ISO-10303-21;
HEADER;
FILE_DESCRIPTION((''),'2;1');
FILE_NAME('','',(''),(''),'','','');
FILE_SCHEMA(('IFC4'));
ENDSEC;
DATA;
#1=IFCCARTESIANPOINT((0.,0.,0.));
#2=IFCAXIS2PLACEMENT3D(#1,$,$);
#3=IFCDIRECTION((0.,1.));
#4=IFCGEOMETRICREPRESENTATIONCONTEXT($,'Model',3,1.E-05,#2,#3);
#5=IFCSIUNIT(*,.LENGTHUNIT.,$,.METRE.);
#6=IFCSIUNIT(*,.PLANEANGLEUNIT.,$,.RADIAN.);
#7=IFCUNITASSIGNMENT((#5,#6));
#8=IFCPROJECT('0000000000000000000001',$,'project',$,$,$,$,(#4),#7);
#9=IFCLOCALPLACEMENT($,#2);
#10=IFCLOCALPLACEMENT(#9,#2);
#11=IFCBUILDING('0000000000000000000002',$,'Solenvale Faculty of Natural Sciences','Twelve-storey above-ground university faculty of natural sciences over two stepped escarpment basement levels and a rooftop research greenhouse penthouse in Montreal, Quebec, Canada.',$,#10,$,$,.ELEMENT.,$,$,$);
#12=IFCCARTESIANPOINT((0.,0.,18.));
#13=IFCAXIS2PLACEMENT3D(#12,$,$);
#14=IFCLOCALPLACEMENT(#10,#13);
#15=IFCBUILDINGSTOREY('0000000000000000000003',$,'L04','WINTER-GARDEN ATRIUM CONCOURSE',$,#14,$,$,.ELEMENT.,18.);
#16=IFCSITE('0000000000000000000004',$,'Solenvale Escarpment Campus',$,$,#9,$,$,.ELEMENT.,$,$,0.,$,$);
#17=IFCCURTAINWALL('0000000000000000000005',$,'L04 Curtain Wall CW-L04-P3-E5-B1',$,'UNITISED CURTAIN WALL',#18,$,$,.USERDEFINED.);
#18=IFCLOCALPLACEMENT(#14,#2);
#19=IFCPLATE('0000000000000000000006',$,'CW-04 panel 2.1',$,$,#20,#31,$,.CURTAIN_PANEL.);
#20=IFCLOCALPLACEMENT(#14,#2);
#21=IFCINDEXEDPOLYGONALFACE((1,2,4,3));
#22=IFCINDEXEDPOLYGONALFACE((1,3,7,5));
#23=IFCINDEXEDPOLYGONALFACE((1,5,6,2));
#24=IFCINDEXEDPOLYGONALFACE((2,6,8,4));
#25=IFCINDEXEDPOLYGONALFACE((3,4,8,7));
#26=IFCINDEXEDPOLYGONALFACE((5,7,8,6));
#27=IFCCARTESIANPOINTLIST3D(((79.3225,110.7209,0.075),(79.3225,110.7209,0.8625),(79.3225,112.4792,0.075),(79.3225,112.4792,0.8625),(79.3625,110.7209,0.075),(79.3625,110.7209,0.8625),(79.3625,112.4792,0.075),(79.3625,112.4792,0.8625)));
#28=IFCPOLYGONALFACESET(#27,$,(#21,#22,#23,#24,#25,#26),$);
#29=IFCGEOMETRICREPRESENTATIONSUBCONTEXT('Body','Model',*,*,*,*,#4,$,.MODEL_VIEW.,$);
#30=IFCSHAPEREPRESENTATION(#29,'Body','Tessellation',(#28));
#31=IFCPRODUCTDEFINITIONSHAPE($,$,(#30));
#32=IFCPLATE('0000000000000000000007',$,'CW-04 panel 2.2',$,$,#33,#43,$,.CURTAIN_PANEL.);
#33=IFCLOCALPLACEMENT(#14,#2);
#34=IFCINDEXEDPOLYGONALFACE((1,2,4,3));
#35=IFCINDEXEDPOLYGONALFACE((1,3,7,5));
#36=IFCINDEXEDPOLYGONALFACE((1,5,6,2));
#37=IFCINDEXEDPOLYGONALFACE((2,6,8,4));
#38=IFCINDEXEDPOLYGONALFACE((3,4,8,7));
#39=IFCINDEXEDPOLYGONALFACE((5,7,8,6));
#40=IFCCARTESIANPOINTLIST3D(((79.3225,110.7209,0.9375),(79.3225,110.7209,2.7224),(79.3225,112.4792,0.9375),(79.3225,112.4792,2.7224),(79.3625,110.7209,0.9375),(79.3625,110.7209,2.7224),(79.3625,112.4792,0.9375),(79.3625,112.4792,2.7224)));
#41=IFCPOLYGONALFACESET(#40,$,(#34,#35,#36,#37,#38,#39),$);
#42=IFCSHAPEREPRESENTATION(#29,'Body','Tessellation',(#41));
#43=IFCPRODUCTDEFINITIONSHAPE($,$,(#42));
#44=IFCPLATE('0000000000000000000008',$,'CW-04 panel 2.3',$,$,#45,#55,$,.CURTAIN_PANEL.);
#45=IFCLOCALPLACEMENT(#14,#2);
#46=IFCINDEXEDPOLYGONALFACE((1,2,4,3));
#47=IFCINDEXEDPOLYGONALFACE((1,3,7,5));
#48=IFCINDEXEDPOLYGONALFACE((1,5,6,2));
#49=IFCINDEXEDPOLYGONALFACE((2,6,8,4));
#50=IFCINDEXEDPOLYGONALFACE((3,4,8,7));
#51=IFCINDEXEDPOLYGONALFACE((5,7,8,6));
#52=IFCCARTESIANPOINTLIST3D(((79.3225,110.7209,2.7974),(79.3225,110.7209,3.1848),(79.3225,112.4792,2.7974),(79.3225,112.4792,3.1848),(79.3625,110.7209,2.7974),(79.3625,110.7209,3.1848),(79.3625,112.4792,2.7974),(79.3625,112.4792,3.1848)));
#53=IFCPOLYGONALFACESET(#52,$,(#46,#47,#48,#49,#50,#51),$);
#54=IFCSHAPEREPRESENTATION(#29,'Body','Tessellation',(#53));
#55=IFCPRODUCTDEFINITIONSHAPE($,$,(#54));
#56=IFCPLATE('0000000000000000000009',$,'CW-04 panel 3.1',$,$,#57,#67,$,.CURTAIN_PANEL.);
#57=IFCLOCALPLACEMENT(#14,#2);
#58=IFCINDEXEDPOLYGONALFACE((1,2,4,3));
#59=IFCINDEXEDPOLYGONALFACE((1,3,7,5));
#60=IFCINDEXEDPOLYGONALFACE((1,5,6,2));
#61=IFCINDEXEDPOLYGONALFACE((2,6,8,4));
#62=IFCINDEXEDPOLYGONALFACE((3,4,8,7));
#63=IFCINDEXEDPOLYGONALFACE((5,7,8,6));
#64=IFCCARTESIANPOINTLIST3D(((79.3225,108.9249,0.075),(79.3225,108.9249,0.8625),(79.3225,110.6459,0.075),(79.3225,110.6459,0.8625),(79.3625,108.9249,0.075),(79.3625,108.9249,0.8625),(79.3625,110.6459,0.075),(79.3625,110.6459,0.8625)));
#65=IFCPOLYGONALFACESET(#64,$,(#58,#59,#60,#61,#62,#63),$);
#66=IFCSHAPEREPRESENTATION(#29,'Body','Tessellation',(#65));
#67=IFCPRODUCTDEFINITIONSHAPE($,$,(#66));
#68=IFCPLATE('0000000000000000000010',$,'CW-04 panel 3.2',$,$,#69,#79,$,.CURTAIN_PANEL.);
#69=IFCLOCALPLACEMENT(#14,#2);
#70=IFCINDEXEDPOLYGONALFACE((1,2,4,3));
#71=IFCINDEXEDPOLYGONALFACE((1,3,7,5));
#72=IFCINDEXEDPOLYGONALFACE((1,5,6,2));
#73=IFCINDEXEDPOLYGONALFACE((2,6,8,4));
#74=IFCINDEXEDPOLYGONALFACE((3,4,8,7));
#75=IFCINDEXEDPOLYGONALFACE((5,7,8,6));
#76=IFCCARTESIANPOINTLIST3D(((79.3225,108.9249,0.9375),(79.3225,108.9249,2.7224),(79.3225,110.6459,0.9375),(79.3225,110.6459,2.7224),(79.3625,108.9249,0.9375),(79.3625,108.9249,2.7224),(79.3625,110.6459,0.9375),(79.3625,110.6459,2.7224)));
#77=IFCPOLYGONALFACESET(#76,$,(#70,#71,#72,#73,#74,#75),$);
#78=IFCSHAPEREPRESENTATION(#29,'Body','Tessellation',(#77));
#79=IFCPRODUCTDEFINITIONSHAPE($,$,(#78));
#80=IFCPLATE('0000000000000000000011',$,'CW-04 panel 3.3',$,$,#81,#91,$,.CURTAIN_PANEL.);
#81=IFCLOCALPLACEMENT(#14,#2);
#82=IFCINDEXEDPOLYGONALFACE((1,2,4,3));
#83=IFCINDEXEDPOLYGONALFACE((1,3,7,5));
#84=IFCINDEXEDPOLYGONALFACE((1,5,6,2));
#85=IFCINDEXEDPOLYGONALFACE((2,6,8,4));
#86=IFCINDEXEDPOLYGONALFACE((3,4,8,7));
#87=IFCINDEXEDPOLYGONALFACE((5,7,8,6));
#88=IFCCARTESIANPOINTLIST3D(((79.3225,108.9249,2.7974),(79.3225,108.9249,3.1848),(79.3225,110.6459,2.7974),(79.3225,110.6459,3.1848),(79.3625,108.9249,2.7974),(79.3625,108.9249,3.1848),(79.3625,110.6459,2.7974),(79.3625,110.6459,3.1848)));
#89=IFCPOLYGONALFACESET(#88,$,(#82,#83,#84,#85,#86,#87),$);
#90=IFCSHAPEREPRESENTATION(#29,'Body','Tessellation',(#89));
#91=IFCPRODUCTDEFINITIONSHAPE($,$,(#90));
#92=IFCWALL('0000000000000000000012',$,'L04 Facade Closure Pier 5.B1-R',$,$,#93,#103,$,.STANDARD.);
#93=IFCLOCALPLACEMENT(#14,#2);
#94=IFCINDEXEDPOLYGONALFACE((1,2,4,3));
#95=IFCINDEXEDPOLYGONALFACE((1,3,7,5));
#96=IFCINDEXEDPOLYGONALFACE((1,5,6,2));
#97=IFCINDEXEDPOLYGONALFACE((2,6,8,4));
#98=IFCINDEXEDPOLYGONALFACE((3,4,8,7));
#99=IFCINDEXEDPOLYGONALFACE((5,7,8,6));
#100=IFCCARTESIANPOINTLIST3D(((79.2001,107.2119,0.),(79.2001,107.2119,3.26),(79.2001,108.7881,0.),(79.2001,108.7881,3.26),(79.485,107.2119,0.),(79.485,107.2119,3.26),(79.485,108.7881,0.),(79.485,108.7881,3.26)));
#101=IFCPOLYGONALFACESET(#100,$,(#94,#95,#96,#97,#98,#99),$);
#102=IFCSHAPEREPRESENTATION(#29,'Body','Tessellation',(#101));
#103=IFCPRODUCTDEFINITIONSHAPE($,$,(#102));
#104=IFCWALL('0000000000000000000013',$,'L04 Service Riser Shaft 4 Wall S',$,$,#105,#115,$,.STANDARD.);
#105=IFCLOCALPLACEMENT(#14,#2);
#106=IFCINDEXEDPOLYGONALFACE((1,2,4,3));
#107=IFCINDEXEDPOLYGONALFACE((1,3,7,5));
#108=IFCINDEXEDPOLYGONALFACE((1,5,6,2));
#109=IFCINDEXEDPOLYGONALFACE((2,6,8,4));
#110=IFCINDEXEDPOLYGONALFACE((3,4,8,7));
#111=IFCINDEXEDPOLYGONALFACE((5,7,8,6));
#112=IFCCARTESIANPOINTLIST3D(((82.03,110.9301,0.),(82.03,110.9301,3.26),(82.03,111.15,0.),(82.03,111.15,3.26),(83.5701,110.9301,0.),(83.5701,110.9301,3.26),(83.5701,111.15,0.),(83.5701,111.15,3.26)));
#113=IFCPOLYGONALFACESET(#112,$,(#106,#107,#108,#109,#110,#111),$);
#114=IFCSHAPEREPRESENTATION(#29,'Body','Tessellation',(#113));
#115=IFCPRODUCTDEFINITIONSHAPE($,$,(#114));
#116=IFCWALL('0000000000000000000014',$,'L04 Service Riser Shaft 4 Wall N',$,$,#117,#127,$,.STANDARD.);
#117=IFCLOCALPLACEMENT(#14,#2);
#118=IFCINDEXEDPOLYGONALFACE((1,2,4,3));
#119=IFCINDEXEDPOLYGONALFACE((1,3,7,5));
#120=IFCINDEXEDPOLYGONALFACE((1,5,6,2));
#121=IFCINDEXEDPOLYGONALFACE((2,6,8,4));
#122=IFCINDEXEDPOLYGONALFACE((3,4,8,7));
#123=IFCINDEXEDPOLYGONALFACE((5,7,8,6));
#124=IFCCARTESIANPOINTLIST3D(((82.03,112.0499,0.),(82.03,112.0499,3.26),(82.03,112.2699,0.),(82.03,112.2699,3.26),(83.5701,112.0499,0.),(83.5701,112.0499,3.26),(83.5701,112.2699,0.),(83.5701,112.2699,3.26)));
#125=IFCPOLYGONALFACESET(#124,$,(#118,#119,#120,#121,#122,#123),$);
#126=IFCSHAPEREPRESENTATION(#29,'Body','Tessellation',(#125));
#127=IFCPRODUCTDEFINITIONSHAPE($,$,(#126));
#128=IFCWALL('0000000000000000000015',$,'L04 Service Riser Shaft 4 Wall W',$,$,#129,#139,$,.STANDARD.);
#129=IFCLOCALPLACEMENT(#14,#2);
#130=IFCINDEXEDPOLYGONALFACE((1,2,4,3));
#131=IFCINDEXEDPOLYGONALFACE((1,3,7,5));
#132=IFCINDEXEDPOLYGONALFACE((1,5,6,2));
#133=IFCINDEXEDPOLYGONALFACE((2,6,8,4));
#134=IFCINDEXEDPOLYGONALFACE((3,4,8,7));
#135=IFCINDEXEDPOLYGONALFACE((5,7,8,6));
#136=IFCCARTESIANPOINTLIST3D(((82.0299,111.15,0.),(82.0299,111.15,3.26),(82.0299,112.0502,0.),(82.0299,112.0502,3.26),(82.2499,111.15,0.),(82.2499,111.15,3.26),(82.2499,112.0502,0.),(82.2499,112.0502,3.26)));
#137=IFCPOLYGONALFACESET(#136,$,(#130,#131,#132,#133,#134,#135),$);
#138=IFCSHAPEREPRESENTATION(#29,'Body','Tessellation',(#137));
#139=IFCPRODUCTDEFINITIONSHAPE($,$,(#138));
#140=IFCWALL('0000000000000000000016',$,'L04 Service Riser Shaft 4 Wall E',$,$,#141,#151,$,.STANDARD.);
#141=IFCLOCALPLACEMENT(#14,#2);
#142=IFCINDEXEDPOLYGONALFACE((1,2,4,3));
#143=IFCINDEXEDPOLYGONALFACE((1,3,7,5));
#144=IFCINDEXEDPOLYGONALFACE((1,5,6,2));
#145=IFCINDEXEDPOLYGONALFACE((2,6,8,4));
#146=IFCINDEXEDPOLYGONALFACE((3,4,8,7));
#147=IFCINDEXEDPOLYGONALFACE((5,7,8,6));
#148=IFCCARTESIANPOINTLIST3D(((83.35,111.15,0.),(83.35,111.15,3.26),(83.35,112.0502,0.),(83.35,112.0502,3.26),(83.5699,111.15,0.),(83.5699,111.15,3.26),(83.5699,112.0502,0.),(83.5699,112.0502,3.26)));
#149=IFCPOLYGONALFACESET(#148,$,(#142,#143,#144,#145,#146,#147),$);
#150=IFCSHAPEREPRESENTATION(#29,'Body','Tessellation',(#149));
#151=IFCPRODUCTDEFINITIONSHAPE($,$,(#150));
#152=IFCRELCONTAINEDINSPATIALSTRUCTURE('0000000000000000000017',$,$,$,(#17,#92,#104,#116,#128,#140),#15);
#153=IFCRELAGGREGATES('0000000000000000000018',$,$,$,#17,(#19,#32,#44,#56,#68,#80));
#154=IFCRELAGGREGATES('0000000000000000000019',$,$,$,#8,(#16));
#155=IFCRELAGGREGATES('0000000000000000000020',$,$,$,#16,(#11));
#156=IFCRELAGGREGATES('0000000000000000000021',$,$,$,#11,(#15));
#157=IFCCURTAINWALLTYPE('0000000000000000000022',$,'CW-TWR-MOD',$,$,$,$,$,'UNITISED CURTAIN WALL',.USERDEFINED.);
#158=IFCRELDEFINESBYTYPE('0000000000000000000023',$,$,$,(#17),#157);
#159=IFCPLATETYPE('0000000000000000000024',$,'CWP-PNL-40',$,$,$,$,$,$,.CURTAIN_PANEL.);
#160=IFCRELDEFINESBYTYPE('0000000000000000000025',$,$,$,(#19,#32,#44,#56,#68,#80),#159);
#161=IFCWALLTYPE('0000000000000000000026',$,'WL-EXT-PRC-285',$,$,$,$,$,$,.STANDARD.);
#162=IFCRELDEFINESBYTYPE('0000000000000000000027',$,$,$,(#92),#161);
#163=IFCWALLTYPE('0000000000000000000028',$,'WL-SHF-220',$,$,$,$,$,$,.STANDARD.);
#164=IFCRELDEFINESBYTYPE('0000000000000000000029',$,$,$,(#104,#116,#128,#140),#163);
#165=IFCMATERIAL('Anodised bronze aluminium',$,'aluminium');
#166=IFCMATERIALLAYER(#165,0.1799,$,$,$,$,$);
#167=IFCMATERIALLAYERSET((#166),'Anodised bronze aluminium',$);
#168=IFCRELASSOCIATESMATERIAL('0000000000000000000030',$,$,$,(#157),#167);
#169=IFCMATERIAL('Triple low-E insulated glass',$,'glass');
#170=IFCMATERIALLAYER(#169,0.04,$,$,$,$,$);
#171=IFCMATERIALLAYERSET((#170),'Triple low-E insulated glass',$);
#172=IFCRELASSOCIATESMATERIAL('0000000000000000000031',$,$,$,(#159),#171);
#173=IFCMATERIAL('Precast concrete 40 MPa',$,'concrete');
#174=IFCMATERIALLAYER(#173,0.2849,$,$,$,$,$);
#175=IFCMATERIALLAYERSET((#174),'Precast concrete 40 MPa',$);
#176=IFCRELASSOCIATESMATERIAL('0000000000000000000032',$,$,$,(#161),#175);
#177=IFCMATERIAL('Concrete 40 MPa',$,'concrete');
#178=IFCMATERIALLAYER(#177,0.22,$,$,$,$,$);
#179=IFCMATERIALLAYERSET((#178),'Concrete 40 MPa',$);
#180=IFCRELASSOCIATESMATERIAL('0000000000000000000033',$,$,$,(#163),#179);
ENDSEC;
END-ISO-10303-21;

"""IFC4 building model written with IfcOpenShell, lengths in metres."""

from ifc_helpers import new_model, si_unit, direction, frame, frame_2d, origin, origin_2d, place, context, subcontext, project, spatial, rectangle, extrude, material, layer, layer_set, type_object, element, aggregate, save


model = new_model("IFC4")

# Units and contexts
model_context = context("Model", 3, precision=1e-05, world=origin(), true_north=direction((0.0, 1.0)))
body_context = subcontext(model_context, "Body", "Model", "MODEL_VIEW")
ifc_project = project(units=[si_unit("LENGTHUNIT", "METRE"), si_unit("PLANEANGLEUNIT", "RADIAN")], contexts=[model_context])

# Site, building, storey
site_placement = place(None, origin())
site = spatial("IfcSite", under=ifc_project, at=site_placement, Name="Solenvale Escarpment Campus", CompositionType="ELEMENT", RefElevation=0.0)
building_placement = place(site_placement, origin())
building = spatial("IfcBuilding", under=site, at=building_placement, Name="Solenvale Faculty of Natural Sciences", Description="Twelve-storey above-ground university faculty of natural sciences over two stepped escarpment basement levels and a rooftop research greenhouse penthouse in Montreal, Quebec, Canada.", CompositionType="ELEMENT")
storey_placement = place(building_placement, frame((0.0, 0.0, 18.0)))
storey = spatial("IfcBuildingStorey", under=building, at=storey_placement, Name="L04", Description="WINTER-GARDEN ATRIUM CONCOURSE", CompositionType="ELEMENT", Elevation=18.0)

# Curtain wall, plates
ifc_material_1 = material(Name="Anodised bronze aluminium", Category="aluminium")
ifc_layer_1 = layer(ifc_material_1, 0.1799)
ifc_layer_set_1 = layer_set([ifc_layer_1], Name="Anodised bronze aluminium")
curtain_wall_type = type_object("IfcCurtainWallType", Name="CW-TWR-MOD", ElementType="UNITISED CURTAIN WALL", PredefinedType="USERDEFINED", material=ifc_layer_set_1)
curtain_wall_placement = place(storey_placement, origin())
curtain_wall = element("IfcCurtainWall", 1, at=curtain_wall_placement, inside=storey, type_object=curtain_wall_type, Name="L04 Curtain Wall CW-L04-P3-E5-B1", ObjectType="UNITISED CURTAIN WALL", PredefinedType="USERDEFINED")
ifc_material_2 = material(Name="Triple low-E insulated glass", Category="glass")
ifc_layer_2 = layer(ifc_material_2, 0.04)
ifc_layer_set_2 = layer_set([ifc_layer_2], Name="Triple low-E insulated glass")
plate_type = type_object("IfcPlateType", Name="CWP-PNL-40", PredefinedType="CURTAIN_PANEL", material=ifc_layer_set_2)
plate_1_placement = place(storey_placement, frame((79.3425, 111.6001, 0.075), z_axis=(0.0, 0.0, 1.0), x_axis=(0.0, -1.0, 0.0)))
plate_1 = element("IfcPlate", 2, at=plate_1_placement, type_object=plate_type, Name="CW-04 panel 2.1", PredefinedType="CURTAIN_PANEL", context=body_context, shape_type="SweptSolid", body=[
    extrude(rectangle(XDim=1.7583, YDim=0.04, at=origin_2d()), origin(), (0.0, 0.0, 1.0), 0.7876),
])
plate_2_placement = place(storey_placement, frame((79.3425, 111.6001, 0.9375), z_axis=(0.0, 0.0, 1.0), x_axis=(0.0, -1.0, 0.0)))
plate_2 = element("IfcPlate", 3, at=plate_2_placement, type_object=plate_type, Name="CW-04 panel 2.2", PredefinedType="CURTAIN_PANEL", context=body_context, shape_type="SweptSolid", body=[
    extrude(rectangle(XDim=1.7583, YDim=0.04, at=origin_2d()), origin(), (0.0, 0.0, 1.0), 1.7849),
])
plate_3_placement = place(storey_placement, frame((79.3425, 111.6001, 2.7974), z_axis=(0.0, 0.0, 1.0), x_axis=(0.0, -1.0, 0.0)))
plate_3 = element("IfcPlate", 4, at=plate_3_placement, type_object=plate_type, Name="CW-04 panel 2.3", PredefinedType="CURTAIN_PANEL", context=body_context, shape_type="SweptSolid", body=[
    extrude(rectangle(XDim=1.7583, YDim=0.04, at=origin_2d()), origin(), (0.0, 0.0, 1.0), 0.3875),
])
plate_4_placement = place(storey_placement, frame((79.3425, 109.7854, 0.075), z_axis=(0.0, 0.0, 1.0), x_axis=(0.0, -1.0, 0.0)))
plate_4 = element("IfcPlate", 5, at=plate_4_placement, type_object=plate_type, Name="CW-04 panel 3.1", PredefinedType="CURTAIN_PANEL", context=body_context, shape_type="SweptSolid", body=[
    extrude(rectangle(XDim=1.7209, YDim=0.04, at=origin_2d()), origin(), (0.0, 0.0, 1.0), 0.7876),
])
plate_5_placement = place(storey_placement, frame((79.3425, 109.7854, 0.9375), z_axis=(0.0, 0.0, 1.0), x_axis=(0.0, -1.0, 0.0)))
plate_5 = element("IfcPlate", 6, at=plate_5_placement, type_object=plate_type, Name="CW-04 panel 3.2", PredefinedType="CURTAIN_PANEL", context=body_context, shape_type="SweptSolid", body=[
    extrude(rectangle(XDim=1.7209, YDim=0.04, at=origin_2d()), origin(), (0.0, 0.0, 1.0), 1.7849),
])
plate_6_placement = place(storey_placement, frame((79.3425, 109.7854, 2.7974), z_axis=(0.0, 0.0, 1.0), x_axis=(0.0, -1.0, 0.0)))
plate_6 = element("IfcPlate", 7, at=plate_6_placement, type_object=plate_type, Name="CW-04 panel 3.3", PredefinedType="CURTAIN_PANEL", context=body_context, shape_type="SweptSolid", body=[
    extrude(rectangle(XDim=1.7209, YDim=0.04, at=origin_2d()), origin(), (0.0, 0.0, 1.0), 0.3875),
])
aggregate(curtain_wall, [plate_1, plate_2, plate_3, plate_4, plate_5, plate_6])

# Walls
ifc_material_3 = material(Name="Precast concrete 40 MPa", Category="concrete")
ifc_layer_3 = layer(ifc_material_3, 0.2849)
ifc_layer_set_3 = layer_set([ifc_layer_3], Name="Precast concrete 40 MPa")
wall_type_1 = type_object("IfcWallType", Name="WL-EXT-PRC-285", PredefinedType="STANDARD", material=ifc_layer_set_3)
wall_placement = place(storey_placement, frame((79.3425, 108.7881, 0.0), z_axis=(0.0, 0.0, 1.0), x_axis=(0.0, -1.0, 0.0)))
element("IfcWall", 8, at=wall_placement, inside=storey, type_object=wall_type_1, Name="L04 Facade Closure Pier 5.B1-R", PredefinedType="STANDARD", context=body_context, shape_type="SweptSolid", body=[
    extrude(rectangle(XDim=1.5762, YDim=0.2849, at=frame_2d((0.7881, 0.0))), origin(), (0.0, 0.0, 1.0), 3.26),
])
ifc_material_4 = material(Name="Concrete 40 MPa", Category="concrete")
ifc_layer_4 = layer(ifc_material_4, 0.22)
ifc_layer_set_4 = layer_set([ifc_layer_4], Name="Concrete 40 MPa")
wall_type_2 = type_object("IfcWallType", Name="WL-SHF-220", PredefinedType="STANDARD", material=ifc_layer_set_4)
for number, where, z_axis, x_axis, name in (
    (9, (82.03, 111.04, 0.0), (0.0, 0.0, 1.0), (1.0, 0.0, 0.0), "L04 Service Riser Shaft 4 Wall S"),
    (10, (82.03, 112.1599, 0.0), (0.0, 0.0, 1.0), (1.0, 0.0, 0.0), "L04 Service Riser Shaft 4 Wall N"),
):
    element("IfcWall", number, at=place(storey_placement, frame(where, z_axis=z_axis, x_axis=x_axis)), inside=storey, type_object=wall_type_2, Name=name, PredefinedType="STANDARD", context=body_context, shape_type="SweptSolid", body=[
        extrude(rectangle(XDim=1.54, YDim=0.22, at=frame_2d((0.77, 0.0))), origin(), (0.0, 0.0, 1.0), 3.26),
    ])
for number, where, z_axis, x_axis, name in (
    (11, (82.1399, 111.1499, 0.0), (0.0, 0.0, 1.0), (0.0, 1.0, 0.0), "L04 Service Riser Shaft 4 Wall W"),
    (12, (83.46, 111.1499, 0.0), (0.0, 0.0, 1.0), (0.0, 1.0, 0.0), "L04 Service Riser Shaft 4 Wall E"),
):
    element("IfcWall", number, at=place(storey_placement, frame(where, z_axis=z_axis, x_axis=x_axis)), inside=storey, type_object=wall_type_2, Name=name, PredefinedType="STANDARD", context=body_context, shape_type="SweptSolid", body=[
        extrude(rectangle(XDim=0.9001, YDim=0.22, at=frame_2d((0.4502, 0.0))), origin(), (0.0, 0.0, 1.0), 3.26),
    ])

save(model, "model.ifc")
